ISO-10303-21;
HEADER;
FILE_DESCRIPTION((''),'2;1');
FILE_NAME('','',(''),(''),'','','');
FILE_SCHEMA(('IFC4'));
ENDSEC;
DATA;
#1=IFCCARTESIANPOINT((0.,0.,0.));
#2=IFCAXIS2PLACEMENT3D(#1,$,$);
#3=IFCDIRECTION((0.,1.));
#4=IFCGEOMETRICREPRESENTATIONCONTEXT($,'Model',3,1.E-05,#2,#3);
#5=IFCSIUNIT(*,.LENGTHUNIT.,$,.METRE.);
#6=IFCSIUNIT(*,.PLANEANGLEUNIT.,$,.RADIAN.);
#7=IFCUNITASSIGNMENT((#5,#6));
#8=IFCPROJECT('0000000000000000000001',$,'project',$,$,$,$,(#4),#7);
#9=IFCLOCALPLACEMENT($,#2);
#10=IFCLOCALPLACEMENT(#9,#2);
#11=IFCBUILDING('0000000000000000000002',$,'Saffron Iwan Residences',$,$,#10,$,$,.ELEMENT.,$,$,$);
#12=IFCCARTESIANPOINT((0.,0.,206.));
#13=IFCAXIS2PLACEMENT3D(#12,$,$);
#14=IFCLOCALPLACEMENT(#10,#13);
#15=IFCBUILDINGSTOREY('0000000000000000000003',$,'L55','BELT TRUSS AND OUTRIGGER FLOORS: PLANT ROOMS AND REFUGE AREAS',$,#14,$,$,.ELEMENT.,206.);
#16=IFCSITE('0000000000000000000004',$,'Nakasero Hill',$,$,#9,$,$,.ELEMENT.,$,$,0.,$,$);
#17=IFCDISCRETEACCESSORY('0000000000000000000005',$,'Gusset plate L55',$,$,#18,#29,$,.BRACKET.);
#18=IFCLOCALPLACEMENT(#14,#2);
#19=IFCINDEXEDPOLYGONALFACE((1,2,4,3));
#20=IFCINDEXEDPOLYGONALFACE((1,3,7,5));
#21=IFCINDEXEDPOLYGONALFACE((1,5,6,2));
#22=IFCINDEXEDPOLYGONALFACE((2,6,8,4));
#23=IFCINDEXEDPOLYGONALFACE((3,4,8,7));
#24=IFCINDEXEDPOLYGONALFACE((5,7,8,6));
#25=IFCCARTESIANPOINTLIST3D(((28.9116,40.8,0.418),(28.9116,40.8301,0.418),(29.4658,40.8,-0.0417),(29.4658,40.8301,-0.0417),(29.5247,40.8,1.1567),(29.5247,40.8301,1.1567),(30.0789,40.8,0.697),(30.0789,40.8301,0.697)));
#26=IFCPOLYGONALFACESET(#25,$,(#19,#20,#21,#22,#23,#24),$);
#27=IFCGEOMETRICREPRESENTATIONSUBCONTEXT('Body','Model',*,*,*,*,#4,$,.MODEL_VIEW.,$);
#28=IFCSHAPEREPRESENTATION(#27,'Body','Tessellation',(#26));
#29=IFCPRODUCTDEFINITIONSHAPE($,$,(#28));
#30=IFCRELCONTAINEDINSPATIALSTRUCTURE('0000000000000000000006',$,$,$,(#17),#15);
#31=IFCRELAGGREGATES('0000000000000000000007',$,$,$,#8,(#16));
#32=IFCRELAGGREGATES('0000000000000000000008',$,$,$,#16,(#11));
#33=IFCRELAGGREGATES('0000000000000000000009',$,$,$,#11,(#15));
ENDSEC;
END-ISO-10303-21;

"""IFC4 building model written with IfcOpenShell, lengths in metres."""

from ifc_helpers import new_model, si_unit, direction, frame, origin, place, context, subcontext, project, spatial, polyline, outline, extrude, element, save


model = new_model("IFC4")

# Units and contexts
model_context = context("Model", 3, precision=1e-05, world=origin(), true_north=direction((0.0, 1.0)))
body_context = subcontext(model_context, "Body", "Model", "MODEL_VIEW")
ifc_project = project(units=[si_unit("LENGTHUNIT", "METRE"), si_unit("PLANEANGLEUNIT", "RADIAN")], contexts=[model_context])

# Site, building, storey
site_placement = place(None, origin())
site = spatial("IfcSite", under=ifc_project, at=site_placement, Name="Nakasero Hill", CompositionType="ELEMENT", RefElevation=0.0)
building_placement = place(site_placement, origin())
building = spatial("IfcBuilding", under=site, at=building_placement, Name="Saffron Iwan Residences", CompositionType="ELEMENT")
storey_placement = place(building_placement, frame((0.0, 0.0, 206.0)))
storey = spatial("IfcBuildingStorey", under=building, at=storey_placement, Name="L55", Description="BELT TRUSS AND OUTRIGGER FLOORS: PLANT ROOMS AND REFUGE AREAS", CompositionType="ELEMENT", Elevation=206.0)

# Discrete accessory
discrete_accessory_1_placement = place(storey_placement, frame((29.4658, 40.8, -0.0417), z_axis=(0.0, -1.0, 0.0), x_axis=(0.638582, 0.0, 0.769554)))
element("IfcDiscreteAccessory", 1, at=discrete_accessory_1_placement, inside=storey, Name="Gusset plate L55", PredefinedType="BRACKET", context=body_context, shape_type="SweptSolid", body=[
    extrude(outline(polyline([(0.0, 0.0), (0.96, 0.0), (0.9599, 0.7201), (-0.0001, 0.7201), (0.0, 0.0)])), origin(), (0.0, 0.0, -1.0), 0.03),
])

save(model, "model.ifc")
